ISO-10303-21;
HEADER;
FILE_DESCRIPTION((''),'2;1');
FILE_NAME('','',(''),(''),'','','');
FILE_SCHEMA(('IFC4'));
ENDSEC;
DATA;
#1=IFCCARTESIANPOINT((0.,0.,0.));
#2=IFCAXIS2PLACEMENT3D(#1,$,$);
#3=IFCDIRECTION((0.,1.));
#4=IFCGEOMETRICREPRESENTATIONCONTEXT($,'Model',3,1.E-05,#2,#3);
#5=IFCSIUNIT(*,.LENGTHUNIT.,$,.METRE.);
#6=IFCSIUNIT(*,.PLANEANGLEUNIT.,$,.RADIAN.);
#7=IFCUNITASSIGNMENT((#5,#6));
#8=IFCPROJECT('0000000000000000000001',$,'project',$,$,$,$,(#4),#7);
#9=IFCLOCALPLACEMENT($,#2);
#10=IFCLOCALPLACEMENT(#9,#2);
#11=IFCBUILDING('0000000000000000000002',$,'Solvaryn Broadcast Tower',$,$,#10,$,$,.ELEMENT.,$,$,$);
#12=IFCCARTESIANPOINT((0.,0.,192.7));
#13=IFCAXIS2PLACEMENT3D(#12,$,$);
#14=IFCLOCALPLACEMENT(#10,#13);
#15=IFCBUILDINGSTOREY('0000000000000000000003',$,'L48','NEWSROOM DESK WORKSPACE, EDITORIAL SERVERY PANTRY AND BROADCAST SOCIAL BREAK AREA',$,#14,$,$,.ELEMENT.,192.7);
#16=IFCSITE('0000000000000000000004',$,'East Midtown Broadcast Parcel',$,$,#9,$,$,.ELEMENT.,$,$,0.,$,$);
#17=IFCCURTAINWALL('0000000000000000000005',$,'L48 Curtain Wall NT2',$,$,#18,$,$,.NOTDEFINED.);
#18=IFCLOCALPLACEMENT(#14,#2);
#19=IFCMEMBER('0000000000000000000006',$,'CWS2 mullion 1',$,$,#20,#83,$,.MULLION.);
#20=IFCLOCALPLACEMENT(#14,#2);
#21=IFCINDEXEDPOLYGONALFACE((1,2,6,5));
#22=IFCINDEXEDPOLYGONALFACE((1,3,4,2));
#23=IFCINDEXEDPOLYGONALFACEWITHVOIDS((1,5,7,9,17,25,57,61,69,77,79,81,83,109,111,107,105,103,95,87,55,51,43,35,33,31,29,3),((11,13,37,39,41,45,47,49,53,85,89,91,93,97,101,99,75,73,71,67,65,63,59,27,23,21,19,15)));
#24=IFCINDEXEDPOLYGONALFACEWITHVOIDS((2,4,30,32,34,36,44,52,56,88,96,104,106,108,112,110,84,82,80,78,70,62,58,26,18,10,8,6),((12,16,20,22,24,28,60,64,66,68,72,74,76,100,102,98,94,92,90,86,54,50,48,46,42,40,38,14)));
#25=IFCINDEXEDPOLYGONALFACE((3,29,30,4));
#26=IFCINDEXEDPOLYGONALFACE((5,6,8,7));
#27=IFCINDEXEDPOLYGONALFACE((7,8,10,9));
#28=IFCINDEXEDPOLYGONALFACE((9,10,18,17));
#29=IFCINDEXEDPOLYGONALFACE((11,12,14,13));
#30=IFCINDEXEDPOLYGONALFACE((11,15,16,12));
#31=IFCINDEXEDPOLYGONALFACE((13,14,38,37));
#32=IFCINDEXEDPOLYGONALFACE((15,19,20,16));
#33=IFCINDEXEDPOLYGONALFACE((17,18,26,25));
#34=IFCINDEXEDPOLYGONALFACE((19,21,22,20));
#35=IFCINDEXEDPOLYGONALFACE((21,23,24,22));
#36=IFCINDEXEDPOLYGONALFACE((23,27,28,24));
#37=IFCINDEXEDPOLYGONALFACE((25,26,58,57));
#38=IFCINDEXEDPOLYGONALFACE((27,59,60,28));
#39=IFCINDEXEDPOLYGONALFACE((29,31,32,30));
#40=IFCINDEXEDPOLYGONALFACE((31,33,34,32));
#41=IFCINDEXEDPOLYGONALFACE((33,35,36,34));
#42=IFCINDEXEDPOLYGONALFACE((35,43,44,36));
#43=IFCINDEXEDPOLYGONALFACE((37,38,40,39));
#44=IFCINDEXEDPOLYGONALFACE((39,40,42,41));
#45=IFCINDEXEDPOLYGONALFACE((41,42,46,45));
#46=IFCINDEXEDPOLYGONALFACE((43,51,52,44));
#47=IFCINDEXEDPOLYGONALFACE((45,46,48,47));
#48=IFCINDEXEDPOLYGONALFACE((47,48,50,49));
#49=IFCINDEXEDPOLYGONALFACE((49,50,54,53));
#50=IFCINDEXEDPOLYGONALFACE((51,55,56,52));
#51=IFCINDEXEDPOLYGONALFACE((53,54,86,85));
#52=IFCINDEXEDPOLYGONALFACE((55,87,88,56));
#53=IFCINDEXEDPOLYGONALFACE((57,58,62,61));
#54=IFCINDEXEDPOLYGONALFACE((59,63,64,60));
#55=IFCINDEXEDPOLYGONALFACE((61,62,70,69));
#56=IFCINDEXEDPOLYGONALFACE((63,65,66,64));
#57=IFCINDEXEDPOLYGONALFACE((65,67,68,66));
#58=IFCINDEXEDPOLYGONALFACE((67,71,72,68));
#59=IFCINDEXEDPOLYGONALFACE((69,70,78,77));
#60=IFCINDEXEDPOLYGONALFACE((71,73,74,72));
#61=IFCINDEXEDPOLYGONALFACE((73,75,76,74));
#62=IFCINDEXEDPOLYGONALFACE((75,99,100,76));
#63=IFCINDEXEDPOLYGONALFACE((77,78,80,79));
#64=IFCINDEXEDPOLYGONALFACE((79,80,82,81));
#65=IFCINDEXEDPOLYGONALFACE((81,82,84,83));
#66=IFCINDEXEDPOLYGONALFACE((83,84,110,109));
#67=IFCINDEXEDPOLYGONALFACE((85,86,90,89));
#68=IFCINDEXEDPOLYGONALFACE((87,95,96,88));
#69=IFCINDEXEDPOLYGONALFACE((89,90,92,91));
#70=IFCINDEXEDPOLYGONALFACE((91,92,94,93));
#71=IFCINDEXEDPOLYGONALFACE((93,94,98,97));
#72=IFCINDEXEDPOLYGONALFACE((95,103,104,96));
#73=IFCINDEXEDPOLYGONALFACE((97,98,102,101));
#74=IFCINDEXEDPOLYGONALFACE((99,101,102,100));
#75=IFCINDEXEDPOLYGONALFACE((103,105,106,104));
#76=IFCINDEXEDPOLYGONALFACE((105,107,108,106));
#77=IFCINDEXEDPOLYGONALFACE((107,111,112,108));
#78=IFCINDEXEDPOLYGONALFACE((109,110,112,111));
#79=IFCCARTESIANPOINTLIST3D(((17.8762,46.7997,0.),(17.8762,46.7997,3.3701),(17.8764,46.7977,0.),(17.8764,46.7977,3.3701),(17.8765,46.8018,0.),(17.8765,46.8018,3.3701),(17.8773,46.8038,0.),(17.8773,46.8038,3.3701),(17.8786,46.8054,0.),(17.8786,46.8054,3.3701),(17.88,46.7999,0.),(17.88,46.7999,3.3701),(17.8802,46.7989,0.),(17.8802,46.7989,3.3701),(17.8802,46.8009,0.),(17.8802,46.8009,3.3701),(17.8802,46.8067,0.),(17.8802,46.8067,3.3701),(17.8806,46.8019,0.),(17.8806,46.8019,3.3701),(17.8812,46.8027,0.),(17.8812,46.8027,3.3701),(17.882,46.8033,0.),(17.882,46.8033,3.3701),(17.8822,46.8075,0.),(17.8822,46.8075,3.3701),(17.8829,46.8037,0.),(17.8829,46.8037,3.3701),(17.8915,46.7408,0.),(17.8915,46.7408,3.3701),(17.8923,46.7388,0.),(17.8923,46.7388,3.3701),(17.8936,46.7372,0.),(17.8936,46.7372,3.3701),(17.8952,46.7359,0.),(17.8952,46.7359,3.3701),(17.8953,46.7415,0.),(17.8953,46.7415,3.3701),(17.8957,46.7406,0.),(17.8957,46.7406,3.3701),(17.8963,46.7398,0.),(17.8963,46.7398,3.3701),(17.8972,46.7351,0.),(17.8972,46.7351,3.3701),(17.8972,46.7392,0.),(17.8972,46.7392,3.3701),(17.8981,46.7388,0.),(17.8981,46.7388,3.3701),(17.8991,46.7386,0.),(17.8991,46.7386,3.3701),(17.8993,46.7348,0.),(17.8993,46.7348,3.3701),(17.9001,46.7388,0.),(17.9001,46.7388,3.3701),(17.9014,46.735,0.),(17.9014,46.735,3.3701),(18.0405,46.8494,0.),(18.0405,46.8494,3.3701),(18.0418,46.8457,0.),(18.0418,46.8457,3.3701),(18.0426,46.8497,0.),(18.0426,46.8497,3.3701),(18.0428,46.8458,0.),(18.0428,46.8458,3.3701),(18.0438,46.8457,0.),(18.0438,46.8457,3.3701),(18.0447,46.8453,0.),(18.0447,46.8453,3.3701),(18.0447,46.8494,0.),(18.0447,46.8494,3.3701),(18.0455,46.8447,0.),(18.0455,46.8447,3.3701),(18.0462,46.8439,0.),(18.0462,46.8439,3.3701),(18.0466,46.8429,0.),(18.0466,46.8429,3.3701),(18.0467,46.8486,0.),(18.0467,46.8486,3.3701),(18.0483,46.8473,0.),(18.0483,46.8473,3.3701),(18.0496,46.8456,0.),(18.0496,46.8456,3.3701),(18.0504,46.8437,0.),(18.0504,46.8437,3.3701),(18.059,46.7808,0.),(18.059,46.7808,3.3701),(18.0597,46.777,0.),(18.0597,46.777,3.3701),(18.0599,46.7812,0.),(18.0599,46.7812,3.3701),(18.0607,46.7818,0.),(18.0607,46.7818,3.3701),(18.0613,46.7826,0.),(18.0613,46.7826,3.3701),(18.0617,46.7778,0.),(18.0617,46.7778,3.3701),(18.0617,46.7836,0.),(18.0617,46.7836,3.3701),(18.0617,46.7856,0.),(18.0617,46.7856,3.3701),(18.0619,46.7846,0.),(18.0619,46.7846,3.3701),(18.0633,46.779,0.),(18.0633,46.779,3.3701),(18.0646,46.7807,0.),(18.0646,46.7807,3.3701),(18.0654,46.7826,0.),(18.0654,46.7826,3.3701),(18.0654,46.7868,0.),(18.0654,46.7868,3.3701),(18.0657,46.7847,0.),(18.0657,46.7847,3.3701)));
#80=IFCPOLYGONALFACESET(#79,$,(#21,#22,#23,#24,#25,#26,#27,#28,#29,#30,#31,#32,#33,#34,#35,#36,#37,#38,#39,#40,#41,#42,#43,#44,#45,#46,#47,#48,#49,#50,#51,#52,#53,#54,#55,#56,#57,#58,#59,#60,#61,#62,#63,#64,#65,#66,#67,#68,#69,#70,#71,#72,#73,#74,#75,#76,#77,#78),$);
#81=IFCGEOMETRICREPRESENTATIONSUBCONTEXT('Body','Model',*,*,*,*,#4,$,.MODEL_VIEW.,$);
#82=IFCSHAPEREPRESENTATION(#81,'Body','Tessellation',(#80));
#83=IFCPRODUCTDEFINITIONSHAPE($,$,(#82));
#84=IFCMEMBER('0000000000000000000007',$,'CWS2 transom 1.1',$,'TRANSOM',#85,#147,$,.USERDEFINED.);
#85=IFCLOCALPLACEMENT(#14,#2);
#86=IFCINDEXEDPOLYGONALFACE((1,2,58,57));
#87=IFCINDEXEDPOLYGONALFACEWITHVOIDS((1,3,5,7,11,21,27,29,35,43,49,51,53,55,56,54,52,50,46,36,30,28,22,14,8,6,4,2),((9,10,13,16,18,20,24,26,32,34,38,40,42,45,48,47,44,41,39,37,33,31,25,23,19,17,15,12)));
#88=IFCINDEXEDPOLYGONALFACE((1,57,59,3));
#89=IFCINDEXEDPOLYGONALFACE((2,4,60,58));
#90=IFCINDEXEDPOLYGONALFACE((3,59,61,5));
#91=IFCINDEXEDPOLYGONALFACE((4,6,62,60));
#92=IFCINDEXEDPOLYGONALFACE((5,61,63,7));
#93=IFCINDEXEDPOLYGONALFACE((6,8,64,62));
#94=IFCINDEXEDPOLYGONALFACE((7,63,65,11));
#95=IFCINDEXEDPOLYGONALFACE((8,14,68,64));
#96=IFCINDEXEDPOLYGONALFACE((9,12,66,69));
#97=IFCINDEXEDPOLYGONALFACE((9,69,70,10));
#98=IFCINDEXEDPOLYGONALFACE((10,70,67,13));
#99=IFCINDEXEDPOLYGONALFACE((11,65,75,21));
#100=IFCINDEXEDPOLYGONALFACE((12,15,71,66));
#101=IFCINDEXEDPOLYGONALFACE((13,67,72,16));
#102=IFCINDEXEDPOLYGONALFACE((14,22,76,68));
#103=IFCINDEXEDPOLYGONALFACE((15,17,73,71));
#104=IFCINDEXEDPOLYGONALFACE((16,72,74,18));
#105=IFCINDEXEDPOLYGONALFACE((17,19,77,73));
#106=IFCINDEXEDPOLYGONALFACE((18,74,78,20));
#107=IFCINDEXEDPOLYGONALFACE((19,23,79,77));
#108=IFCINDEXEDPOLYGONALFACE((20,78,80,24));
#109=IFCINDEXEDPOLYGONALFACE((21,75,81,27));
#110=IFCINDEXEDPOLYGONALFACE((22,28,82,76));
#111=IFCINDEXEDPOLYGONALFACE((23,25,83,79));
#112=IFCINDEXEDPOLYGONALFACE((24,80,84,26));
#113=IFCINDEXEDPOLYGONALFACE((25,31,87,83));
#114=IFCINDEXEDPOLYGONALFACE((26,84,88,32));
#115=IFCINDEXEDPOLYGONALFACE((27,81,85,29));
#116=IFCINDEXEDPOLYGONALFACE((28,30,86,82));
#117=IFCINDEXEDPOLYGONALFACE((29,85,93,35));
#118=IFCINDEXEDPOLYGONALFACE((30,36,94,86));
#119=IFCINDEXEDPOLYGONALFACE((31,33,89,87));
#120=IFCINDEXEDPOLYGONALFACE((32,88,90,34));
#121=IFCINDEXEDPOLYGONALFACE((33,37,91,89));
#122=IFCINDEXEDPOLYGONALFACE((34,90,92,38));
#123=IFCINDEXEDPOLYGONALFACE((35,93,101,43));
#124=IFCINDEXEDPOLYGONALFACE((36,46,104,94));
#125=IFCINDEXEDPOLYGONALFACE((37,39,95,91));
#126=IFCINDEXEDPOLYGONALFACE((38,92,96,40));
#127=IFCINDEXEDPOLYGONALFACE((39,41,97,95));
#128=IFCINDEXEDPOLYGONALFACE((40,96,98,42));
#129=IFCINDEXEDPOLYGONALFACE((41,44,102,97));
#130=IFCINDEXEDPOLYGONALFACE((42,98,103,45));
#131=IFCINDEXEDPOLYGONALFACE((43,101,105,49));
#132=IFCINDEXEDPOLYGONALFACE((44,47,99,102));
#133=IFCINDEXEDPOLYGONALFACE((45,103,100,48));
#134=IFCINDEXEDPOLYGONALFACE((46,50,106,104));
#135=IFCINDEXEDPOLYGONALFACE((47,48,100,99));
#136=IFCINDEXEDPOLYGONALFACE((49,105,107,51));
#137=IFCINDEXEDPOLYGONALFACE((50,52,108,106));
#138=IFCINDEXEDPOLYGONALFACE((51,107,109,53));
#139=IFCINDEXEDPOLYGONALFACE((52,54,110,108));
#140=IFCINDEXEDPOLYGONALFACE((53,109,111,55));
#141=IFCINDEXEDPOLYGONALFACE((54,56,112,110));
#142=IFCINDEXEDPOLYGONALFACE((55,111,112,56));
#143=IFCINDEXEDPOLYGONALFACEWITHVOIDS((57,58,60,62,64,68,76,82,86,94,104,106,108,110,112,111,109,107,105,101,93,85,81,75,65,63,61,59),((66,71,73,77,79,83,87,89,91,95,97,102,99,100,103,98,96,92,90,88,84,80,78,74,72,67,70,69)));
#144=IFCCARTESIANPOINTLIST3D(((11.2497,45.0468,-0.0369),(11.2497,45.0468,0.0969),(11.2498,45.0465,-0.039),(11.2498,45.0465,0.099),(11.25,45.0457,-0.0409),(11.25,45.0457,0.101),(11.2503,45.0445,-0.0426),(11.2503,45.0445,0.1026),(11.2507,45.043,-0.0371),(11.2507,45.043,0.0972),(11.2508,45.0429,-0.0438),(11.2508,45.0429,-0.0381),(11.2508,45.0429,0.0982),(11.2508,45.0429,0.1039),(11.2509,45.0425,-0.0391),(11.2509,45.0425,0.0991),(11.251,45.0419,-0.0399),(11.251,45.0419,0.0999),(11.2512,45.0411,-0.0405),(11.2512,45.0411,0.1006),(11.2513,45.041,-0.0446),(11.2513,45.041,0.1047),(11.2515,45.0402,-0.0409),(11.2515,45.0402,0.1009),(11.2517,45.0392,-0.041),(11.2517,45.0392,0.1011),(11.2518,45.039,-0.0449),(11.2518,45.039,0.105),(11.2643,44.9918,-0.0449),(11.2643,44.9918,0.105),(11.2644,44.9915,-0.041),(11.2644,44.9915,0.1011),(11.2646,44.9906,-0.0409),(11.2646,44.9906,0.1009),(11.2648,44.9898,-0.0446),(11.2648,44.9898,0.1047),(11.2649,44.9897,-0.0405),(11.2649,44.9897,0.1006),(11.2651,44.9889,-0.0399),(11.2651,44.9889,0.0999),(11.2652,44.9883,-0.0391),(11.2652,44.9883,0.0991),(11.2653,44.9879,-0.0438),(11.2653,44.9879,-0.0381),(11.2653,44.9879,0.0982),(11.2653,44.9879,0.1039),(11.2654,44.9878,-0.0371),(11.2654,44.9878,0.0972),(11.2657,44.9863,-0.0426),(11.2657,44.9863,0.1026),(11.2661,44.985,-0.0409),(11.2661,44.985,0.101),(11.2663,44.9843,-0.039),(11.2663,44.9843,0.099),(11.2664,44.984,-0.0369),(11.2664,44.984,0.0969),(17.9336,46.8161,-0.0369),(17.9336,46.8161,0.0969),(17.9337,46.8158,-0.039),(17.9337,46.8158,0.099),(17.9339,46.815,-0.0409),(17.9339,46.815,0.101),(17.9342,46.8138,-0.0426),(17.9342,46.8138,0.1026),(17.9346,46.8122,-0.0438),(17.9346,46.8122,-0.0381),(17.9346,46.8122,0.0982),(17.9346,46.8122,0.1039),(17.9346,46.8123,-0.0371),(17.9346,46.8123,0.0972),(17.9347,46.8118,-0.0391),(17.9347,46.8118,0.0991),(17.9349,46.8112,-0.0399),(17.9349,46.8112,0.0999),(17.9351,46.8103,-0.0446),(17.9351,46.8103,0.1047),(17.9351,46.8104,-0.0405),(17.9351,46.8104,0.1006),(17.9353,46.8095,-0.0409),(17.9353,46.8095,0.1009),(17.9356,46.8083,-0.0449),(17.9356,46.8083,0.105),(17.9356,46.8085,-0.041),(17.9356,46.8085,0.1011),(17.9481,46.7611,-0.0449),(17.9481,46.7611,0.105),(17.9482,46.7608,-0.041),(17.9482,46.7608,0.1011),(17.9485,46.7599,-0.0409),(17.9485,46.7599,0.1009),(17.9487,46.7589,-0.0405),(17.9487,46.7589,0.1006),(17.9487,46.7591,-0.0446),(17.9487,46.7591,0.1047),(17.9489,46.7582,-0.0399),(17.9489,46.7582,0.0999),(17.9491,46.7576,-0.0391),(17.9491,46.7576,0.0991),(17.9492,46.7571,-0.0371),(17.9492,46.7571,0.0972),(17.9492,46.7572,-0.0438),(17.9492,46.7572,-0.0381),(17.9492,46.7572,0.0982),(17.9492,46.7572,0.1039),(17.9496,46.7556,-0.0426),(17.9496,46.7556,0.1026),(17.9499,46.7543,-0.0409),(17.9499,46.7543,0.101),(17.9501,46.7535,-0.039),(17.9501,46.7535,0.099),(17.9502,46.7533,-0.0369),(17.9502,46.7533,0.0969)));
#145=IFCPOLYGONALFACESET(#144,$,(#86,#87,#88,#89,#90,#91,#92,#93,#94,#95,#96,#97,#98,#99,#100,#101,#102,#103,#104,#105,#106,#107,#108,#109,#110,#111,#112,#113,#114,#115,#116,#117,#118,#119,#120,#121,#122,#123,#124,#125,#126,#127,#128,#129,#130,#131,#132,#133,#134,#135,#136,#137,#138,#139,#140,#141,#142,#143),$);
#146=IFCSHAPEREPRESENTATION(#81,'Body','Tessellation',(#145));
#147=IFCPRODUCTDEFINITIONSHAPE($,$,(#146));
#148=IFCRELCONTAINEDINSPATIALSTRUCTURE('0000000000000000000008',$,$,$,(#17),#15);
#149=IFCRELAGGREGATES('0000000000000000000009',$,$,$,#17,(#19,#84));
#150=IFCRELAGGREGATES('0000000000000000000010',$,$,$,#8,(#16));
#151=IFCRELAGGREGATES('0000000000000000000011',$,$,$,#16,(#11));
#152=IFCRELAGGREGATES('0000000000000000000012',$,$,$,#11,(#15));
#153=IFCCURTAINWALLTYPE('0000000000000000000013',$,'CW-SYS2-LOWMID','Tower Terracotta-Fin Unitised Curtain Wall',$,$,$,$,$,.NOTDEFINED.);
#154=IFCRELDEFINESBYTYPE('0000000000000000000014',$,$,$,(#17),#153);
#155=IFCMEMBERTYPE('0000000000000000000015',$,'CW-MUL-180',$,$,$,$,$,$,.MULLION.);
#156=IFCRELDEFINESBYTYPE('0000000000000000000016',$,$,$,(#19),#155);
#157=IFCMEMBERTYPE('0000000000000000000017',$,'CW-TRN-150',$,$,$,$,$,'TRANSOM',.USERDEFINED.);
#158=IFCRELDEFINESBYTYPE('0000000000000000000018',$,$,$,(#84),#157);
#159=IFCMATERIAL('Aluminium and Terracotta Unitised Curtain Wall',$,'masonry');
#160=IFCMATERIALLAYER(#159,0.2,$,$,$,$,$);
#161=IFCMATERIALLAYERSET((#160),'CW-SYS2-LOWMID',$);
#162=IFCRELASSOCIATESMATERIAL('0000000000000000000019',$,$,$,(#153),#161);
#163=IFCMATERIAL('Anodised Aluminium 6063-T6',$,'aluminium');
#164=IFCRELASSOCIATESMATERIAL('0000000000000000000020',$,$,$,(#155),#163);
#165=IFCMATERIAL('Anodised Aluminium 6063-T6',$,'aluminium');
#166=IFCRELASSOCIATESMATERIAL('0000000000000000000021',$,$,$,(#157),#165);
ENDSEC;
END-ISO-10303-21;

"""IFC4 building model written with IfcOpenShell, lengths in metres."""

from ifc_helpers import new_model, si_unit, direction, frame, origin, origin_2d, place, context, subcontext, project, spatial, hollow_rectangle, extrude, material, layer, layer_set, material_profile, profile_set, type_object, element, aggregate, save


model = new_model("IFC4")

# Units and contexts
model_context = context("Model", 3, precision=1e-05, world=origin(), true_north=direction((0.0, 1.0)))
body_context = subcontext(model_context, "Body", "Model", "MODEL_VIEW")
ifc_project = project(units=[si_unit("LENGTHUNIT", "METRE"), si_unit("PLANEANGLEUNIT", "RADIAN")], contexts=[model_context])

# Site, building, storey
site_placement = place(None, origin())
site = spatial("IfcSite", under=ifc_project, at=site_placement, Name="East Midtown Broadcast Parcel", CompositionType="ELEMENT", RefElevation=0.0)
building_placement = place(site_placement, origin())
building = spatial("IfcBuilding", under=site, at=building_placement, Name="Solvaryn Broadcast Tower", CompositionType="ELEMENT")
storey_placement = place(building_placement, frame((0.0, 0.0, 192.7)))
storey = spatial("IfcBuildingStorey", under=building, at=storey_placement, Name="L48", Description="NEWSROOM DESK WORKSPACE, EDITORIAL SERVERY PANTRY AND BROADCAST SOCIAL BREAK AREA", CompositionType="ELEMENT", Elevation=192.7)

# Shared definitions
ifc_material_1 = material(Name="Aluminium and Terracotta Unitised Curtain Wall", Category="masonry")
ifc_layer_1 = layer(ifc_material_1, 0.2)
ifc_layer_set_1 = layer_set([ifc_layer_1], Name="CW-SYS2-LOWMID")
curtain_wall_type = type_object("IfcCurtainWallType", Name="CW-SYS2-LOWMID", Description="Tower Terracotta-Fin Unitised Curtain Wall", PredefinedType="NOTDEFINED", material=ifc_layer_set_1)
ifc_material_2 = material(Name="Anodised Aluminium 6063-T6", Category="aluminium")
ifc_material_profile_1 = material_profile(ifc_material_2, hollow_rectangle(XDim=0.075, YDim=0.1799, WallThickness=0.0039, InnerFilletRadius=0.0039, OuterFilletRadius=0.0081, at=origin_2d()))
ifc_profile_set_1 = profile_set([ifc_material_profile_1], Name="Anodised Aluminium 6063-T6")
member_type_1 = type_object("IfcMemberType", Name="CW-MUL-180", PredefinedType="MULLION", material=ifc_profile_set_1)

# Curtain wall, members
curtain_wall_1_placement = place(storey_placement, origin())
curtain_wall_1 = element("IfcCurtainWall", 1, at=curtain_wall_1_placement, inside=storey, type_object=curtain_wall_type, Name="L48 Curtain Wall NT2", PredefinedType="NOTDEFINED")
member_1_placement = place(storey_placement, frame((17.9709, 46.7922, 0.0), z_axis=(0.0, 0.0, 1.0), x_axis=(0.255893, -0.966705, 0.0)))
member_1 = element("IfcMember", 2, at=member_1_placement, type_object=member_type_1, Name="CWS2 mullion 1", PredefinedType="MULLION", context=body_context, shape_type="SweptSolid", body=[
    extrude(hollow_rectangle(XDim=0.075, YDim=0.1799, WallThickness=0.0039, InnerFilletRadius=0.0039, OuterFilletRadius=0.0081, at=origin_2d()), origin(), (0.0, 0.0, 1.0), 3.3701),
])
ifc_material_3 = material(Name="Anodised Aluminium 6063-T6", Category="aluminium")
ifc_material_profile_2 = material_profile(ifc_material_3, hollow_rectangle(XDim=0.0649, YDim=0.1499, WallThickness=0.0039, InnerFilletRadius=0.0039, OuterFilletRadius=0.0081, at=origin_2d()))
ifc_profile_set_2 = profile_set([ifc_material_profile_2], Name="Anodised Aluminium 6063-T6")
member_type_2 = type_object("IfcMemberType", Name="CW-TRN-150", ElementType="TRANSOM", PredefinedType="USERDEFINED", material=ifc_profile_set_2)
member_2_placement = place(storey_placement, frame((17.9419, 46.7847, 0.03), z_axis=(-0.966704, -0.255897, 0.0), x_axis=(0.255897, -0.966704, 0.0)))
member_2 = element("IfcMember", 3, at=member_2_placement, type_object=member_type_2, Name="CWS2 transom 1.1", ObjectType="TRANSOM", PredefinedType="USERDEFINED", context=body_context, shape_type="SweptSolid", body=[
    extrude(hollow_rectangle(XDim=0.0649, YDim=0.1499, WallThickness=0.0039, InnerFilletRadius=0.0039, OuterFilletRadius=0.0081, at=origin_2d()), origin(), (0.0, 0.0, 1.0), 6.9141),
])
aggregate(curtain_wall_1, [member_1, member_2])

save(model, "model.ifc")
